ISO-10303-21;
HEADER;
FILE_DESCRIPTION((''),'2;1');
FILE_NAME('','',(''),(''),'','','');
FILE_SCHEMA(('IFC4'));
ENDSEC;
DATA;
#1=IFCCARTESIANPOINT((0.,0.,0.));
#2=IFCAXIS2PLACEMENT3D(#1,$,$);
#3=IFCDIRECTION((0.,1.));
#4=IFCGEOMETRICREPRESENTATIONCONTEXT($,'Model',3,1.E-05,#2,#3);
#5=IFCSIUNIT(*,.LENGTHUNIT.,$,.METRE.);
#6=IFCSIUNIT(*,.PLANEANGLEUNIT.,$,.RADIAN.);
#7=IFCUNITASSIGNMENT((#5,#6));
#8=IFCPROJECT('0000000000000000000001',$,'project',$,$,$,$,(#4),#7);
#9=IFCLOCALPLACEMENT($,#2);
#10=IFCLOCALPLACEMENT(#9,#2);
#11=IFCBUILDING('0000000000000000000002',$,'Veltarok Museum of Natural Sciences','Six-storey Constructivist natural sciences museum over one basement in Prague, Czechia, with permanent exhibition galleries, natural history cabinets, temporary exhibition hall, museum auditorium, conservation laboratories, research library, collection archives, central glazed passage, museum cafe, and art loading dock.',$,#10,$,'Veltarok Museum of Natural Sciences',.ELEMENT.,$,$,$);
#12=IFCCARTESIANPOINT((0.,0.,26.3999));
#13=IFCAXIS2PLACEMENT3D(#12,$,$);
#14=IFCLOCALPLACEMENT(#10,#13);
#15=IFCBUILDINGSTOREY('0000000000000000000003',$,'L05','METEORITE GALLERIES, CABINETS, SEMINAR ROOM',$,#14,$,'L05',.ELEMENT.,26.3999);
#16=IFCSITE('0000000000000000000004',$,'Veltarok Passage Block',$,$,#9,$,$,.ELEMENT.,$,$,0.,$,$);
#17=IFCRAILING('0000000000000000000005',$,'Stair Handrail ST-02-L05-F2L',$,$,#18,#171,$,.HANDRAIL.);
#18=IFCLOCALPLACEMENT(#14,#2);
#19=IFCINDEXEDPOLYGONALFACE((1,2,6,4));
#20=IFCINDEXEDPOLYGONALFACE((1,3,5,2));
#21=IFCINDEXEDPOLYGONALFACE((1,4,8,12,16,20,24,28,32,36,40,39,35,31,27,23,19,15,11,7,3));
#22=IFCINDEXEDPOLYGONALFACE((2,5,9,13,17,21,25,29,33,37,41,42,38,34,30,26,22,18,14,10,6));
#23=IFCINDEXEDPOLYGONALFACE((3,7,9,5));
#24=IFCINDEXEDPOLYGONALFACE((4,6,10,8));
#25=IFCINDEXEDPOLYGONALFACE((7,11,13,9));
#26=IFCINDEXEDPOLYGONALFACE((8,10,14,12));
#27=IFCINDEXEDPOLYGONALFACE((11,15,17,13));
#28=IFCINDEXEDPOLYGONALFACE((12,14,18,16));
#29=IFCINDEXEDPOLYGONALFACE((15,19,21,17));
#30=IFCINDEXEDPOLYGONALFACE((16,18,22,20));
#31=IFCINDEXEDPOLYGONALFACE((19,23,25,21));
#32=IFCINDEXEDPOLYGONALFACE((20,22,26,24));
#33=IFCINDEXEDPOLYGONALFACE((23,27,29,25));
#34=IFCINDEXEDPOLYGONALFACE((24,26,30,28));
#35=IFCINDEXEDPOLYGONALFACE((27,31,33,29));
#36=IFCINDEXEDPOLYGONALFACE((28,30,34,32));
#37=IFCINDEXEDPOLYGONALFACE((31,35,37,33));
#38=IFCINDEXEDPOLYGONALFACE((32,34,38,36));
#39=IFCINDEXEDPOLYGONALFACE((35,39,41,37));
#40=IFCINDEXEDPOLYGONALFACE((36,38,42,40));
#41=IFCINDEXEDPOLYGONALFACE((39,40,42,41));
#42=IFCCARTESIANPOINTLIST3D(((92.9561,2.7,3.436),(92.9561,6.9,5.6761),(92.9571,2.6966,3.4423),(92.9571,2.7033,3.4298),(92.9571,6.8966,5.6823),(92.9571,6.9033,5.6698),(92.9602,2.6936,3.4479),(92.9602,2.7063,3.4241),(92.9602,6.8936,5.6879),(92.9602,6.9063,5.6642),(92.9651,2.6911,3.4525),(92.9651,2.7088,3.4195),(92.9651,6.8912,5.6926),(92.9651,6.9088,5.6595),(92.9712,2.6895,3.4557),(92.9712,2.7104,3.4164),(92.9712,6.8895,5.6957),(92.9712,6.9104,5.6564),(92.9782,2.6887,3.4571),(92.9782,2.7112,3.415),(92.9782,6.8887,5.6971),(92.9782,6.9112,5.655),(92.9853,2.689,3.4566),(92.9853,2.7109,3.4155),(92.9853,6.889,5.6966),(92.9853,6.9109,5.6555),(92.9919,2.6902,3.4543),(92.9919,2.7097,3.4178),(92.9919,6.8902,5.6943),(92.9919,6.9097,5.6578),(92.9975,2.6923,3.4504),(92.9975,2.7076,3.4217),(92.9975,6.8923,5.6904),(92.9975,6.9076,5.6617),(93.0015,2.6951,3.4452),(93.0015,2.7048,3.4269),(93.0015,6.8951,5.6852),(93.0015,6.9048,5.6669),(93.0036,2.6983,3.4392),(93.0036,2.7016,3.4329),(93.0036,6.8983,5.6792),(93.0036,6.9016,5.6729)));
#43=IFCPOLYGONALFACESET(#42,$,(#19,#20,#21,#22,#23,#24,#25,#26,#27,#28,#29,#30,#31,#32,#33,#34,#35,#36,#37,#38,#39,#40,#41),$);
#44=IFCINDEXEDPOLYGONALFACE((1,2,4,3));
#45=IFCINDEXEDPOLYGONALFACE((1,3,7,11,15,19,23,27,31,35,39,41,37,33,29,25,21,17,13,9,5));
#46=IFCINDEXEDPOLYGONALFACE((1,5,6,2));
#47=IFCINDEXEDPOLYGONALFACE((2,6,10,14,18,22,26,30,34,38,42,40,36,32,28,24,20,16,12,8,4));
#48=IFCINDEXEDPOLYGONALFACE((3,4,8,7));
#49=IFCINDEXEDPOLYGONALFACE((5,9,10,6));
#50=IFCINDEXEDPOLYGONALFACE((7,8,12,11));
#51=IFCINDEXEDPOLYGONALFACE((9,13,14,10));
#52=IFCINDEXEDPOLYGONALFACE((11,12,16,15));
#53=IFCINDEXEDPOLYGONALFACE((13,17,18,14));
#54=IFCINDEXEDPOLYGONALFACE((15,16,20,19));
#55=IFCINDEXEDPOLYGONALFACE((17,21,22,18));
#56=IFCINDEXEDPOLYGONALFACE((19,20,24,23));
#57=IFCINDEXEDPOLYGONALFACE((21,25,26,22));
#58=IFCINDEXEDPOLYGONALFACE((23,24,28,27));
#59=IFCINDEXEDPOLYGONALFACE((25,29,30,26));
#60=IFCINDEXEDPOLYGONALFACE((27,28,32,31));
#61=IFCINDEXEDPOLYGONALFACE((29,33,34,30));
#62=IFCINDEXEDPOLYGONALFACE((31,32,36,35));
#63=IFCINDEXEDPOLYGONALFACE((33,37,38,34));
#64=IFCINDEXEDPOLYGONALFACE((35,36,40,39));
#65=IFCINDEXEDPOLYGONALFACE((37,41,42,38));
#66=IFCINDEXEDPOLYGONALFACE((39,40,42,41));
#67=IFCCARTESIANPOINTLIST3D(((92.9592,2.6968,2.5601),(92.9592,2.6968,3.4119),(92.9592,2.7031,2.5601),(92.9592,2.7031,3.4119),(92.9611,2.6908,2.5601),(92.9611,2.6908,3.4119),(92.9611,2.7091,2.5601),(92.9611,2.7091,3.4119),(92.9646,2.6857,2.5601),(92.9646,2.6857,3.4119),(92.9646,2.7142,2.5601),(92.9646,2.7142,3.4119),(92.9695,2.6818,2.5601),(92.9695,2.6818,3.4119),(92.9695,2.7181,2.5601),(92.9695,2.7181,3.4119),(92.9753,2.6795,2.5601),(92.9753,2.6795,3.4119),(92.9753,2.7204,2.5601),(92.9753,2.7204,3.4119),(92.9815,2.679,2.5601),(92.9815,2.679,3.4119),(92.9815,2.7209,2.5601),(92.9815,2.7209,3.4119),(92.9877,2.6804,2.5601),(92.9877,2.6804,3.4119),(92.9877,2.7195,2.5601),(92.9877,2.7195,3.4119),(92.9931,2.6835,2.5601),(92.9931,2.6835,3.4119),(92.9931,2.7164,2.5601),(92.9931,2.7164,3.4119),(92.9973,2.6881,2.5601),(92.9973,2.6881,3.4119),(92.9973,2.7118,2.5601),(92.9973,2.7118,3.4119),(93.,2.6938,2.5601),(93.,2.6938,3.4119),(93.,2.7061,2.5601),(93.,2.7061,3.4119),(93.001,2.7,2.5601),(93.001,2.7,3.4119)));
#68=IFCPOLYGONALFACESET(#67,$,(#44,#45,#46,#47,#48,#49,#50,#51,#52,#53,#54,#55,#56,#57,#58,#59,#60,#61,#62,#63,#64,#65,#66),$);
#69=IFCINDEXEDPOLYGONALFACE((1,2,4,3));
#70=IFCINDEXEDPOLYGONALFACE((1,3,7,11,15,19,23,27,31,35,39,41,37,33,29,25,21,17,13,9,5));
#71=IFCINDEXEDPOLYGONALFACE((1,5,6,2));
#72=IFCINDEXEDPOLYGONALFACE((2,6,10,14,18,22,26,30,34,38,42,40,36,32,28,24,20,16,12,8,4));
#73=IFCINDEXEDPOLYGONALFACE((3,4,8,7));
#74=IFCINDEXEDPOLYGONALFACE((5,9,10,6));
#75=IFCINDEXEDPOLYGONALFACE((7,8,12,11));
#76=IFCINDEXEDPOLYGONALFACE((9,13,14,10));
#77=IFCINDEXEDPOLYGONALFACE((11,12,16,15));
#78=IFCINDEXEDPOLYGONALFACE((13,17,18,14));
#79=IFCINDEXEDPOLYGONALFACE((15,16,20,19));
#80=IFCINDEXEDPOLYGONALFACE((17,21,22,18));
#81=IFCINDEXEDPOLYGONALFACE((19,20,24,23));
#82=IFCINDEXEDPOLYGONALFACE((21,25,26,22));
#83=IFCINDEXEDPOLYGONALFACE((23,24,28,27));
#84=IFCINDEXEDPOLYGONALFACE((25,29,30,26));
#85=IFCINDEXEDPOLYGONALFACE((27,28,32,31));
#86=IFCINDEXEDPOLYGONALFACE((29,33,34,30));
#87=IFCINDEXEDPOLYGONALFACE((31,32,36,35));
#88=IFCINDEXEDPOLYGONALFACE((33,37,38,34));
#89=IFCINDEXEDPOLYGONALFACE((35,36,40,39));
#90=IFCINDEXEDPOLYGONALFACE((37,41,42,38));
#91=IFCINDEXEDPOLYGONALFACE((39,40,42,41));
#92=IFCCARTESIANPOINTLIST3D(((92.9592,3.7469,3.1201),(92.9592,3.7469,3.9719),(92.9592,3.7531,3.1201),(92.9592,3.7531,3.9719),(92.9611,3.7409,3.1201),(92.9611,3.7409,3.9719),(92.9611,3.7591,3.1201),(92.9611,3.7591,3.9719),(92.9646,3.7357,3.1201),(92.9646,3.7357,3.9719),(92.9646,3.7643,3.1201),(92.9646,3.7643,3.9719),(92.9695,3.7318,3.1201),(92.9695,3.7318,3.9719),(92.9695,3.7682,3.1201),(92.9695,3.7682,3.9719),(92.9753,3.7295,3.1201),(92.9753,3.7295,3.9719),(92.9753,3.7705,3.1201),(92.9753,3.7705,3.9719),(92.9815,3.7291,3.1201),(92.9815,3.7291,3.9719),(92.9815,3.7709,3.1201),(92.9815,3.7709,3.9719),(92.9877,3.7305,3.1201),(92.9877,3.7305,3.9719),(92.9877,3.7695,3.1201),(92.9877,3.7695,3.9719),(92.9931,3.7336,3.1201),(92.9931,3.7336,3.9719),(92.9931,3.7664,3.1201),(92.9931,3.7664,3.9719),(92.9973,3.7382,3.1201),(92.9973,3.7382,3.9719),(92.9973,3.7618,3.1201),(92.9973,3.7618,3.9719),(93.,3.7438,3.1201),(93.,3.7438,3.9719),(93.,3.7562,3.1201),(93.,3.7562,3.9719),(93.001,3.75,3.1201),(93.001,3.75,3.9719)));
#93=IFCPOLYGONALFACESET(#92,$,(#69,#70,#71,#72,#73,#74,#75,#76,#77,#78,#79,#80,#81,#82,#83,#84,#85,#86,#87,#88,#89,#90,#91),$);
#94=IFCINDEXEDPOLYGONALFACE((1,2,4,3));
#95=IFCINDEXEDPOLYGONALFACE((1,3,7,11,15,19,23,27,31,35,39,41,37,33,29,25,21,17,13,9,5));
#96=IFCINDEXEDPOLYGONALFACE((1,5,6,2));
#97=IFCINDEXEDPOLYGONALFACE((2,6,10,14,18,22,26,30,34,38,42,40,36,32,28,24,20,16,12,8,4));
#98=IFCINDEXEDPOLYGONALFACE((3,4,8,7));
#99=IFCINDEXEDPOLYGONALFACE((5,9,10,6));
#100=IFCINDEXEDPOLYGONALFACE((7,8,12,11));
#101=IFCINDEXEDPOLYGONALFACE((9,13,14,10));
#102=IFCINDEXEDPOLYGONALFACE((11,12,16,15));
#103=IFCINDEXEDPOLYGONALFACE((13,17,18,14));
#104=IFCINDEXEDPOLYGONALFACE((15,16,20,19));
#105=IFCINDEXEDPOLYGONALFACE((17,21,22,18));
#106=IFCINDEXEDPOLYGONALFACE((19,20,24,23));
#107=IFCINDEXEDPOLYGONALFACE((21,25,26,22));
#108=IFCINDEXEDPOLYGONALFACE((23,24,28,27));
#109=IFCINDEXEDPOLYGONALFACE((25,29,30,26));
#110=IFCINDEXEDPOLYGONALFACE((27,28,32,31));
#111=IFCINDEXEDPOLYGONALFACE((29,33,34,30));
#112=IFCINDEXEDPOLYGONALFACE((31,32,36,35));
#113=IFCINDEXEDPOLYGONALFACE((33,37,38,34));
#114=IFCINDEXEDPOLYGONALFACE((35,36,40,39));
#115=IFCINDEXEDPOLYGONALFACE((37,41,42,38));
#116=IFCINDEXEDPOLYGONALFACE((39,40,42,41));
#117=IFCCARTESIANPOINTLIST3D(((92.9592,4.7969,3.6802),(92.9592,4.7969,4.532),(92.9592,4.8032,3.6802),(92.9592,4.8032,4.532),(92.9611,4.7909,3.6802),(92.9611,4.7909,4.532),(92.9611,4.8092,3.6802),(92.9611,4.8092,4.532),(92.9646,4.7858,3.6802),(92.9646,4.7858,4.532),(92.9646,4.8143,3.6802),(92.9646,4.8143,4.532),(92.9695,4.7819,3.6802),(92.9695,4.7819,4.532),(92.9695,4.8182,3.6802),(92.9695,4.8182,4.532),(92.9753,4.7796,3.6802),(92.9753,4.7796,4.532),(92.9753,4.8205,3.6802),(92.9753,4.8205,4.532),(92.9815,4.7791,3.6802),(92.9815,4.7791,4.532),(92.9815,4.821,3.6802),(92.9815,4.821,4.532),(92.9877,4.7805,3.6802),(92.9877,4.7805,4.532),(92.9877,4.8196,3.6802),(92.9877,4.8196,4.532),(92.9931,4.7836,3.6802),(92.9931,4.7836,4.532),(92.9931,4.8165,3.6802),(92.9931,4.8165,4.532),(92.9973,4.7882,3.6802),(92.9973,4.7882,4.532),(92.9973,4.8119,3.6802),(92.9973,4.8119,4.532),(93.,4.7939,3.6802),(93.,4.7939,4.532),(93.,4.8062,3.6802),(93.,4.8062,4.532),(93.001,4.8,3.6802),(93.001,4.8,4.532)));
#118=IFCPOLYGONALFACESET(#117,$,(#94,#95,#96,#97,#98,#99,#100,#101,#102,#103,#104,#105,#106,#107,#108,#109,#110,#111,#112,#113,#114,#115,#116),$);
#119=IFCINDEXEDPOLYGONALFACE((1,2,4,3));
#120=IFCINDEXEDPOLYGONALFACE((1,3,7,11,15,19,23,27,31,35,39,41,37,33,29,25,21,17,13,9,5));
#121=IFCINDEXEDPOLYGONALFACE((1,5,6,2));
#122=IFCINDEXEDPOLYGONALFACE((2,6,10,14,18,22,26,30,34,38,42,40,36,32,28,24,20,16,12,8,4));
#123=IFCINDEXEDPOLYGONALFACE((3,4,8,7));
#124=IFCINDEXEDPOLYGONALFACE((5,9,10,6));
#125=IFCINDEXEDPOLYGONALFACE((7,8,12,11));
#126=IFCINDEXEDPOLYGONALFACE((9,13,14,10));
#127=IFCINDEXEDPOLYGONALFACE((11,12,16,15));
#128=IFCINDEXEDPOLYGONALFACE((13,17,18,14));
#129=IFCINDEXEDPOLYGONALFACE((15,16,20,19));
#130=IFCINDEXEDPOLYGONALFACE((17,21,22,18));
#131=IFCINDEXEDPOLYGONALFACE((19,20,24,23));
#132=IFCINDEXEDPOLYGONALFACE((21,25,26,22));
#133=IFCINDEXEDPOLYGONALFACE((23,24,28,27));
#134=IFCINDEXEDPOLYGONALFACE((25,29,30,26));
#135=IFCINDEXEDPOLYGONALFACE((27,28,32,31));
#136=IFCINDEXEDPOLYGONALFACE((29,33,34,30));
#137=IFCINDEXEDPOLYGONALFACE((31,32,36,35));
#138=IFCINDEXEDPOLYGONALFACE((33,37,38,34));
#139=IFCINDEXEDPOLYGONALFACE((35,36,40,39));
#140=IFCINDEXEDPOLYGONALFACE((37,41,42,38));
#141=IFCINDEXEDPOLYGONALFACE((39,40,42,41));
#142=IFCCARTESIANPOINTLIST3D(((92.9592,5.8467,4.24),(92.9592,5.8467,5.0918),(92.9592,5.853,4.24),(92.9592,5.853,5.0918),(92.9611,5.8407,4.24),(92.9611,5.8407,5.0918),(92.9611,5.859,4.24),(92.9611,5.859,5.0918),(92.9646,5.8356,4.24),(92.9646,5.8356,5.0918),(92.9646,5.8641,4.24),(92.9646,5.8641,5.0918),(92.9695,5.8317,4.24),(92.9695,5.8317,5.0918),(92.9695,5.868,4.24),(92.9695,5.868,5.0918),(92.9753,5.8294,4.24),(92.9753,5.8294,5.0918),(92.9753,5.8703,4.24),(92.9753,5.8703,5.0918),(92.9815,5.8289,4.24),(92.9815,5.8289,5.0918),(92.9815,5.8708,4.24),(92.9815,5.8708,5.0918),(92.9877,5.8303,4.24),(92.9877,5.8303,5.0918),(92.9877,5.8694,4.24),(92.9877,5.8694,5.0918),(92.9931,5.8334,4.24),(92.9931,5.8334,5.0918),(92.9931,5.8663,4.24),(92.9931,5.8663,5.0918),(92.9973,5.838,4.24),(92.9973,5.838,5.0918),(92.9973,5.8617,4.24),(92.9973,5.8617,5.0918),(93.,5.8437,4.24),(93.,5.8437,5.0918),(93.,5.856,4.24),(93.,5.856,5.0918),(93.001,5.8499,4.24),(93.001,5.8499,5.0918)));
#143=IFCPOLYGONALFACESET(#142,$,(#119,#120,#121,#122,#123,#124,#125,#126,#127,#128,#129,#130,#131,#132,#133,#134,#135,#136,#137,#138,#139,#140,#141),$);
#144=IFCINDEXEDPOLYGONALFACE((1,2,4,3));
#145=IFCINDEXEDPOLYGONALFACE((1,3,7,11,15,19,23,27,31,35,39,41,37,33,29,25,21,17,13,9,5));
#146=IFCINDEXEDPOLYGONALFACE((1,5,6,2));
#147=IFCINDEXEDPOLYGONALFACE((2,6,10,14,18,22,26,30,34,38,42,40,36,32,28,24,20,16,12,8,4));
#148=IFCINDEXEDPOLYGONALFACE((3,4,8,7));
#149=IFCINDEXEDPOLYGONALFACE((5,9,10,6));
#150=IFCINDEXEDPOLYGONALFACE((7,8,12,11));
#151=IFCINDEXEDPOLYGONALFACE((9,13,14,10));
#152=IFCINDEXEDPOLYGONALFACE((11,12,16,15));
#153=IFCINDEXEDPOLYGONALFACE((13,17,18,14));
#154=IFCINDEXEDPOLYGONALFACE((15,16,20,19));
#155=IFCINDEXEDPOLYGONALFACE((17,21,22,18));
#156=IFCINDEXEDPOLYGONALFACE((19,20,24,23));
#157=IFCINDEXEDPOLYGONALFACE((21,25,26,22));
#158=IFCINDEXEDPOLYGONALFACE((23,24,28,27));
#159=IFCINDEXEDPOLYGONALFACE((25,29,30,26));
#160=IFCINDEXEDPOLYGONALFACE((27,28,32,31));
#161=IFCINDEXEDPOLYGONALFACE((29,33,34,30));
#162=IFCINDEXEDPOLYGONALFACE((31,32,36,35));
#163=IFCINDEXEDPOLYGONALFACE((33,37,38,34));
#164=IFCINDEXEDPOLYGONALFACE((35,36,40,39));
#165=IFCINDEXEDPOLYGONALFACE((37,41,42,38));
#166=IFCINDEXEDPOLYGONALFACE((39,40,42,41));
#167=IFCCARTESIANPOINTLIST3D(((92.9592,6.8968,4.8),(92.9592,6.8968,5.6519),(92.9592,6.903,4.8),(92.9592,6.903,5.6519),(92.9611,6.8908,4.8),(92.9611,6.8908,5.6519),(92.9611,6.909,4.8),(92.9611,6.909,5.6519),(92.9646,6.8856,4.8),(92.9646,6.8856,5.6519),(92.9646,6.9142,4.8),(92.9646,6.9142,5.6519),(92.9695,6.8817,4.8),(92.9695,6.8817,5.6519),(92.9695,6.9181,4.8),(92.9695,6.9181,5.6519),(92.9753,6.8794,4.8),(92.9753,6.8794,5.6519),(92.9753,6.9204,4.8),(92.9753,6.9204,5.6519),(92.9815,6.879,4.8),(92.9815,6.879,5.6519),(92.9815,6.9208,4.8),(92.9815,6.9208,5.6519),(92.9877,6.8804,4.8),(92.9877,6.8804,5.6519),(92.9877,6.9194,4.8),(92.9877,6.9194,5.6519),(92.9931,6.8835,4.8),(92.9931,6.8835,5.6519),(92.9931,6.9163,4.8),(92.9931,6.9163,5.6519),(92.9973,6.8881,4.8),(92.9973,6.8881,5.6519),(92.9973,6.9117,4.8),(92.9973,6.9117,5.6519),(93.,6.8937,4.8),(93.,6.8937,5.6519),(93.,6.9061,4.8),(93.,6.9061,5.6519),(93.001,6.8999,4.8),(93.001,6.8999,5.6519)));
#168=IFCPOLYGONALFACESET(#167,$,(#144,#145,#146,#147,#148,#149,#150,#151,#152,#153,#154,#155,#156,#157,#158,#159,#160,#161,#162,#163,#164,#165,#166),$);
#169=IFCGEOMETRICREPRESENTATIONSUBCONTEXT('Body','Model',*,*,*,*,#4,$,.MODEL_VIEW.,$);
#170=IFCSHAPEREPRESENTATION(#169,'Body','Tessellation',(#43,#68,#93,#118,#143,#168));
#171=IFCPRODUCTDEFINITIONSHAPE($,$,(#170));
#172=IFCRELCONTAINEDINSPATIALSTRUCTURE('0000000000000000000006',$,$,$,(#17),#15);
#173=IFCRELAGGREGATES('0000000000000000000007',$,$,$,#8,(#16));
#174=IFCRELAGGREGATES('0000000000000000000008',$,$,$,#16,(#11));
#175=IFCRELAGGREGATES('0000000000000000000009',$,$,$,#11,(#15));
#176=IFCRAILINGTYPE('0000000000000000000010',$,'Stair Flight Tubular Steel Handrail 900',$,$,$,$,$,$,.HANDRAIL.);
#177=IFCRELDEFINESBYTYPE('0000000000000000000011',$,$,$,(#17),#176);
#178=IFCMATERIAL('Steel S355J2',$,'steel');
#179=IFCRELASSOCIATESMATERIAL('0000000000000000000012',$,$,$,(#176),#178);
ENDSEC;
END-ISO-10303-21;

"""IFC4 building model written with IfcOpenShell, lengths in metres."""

from ifc_helpers import new_model, si_unit, direction, frame, origin, origin_2d, place, context, subcontext, project, spatial, circle, extrude, material, type_object, element, save


model = new_model("IFC4")

# Units and contexts
model_context = context("Model", 3, precision=1e-05, world=origin(), true_north=direction((0.0, 1.0)))
body_context = subcontext(model_context, "Body", "Model", "MODEL_VIEW")
ifc_project = project(units=[si_unit("LENGTHUNIT", "METRE"), si_unit("PLANEANGLEUNIT", "RADIAN")], contexts=[model_context])

# Site, building, storey
site_placement = place(None, origin())
site = spatial("IfcSite", under=ifc_project, at=site_placement, Name="Veltarok Passage Block", CompositionType="ELEMENT", RefElevation=0.0)
building_placement = place(site_placement, origin())
building = spatial("IfcBuilding", under=site, at=building_placement, Name="Veltarok Museum of Natural Sciences", Description="Six-storey Constructivist natural sciences museum over one basement in Prague, Czechia, with permanent exhibition galleries, natural history cabinets, temporary exhibition hall, museum auditorium, conservation laboratories, research library, collection archives, central glazed passage, museum cafe, and art loading dock.", LongName="Veltarok Museum of Natural Sciences", CompositionType="ELEMENT")
storey_placement = place(building_placement, frame((0.0, 0.0, 26.3999)))
storey = spatial("IfcBuildingStorey", under=building, at=storey_placement, Name="L05", Description="METEORITE GALLERIES, CABINETS, SEMINAR ROOM", LongName="L05", CompositionType="ELEMENT", Elevation=26.3999)

# Shared definitions
ifc_material_1 = material(Name="Steel S355J2", Category="steel")

# Railing
railing_type_1 = type_object("IfcRailingType", Name="Stair Flight Tubular Steel Handrail 900", PredefinedType="HANDRAIL", material=ifc_material_1)
railing_placement = place(storey_placement, frame((92.98, 2.7, 2.5601)))
element("IfcRailing", 1, at=railing_placement, inside=storey, type_object=railing_type_1, Name="Stair Handrail ST-02-L05-F2L", PredefinedType="HANDRAIL", context=body_context, shape_type="SweptSolid", body=[
    extrude(circle(Radius=0.0239, at=origin_2d()), frame((0.0, 0.0, 0.876), z_axis=(0.0, 0.882352, 0.470591), x_axis=(-1.0, 0.0, 0.0)), (0.0, 0.0, 1.0), 4.76),
    extrude(circle(Radius=0.021, at=origin_2d()), origin(), (0.0, 0.0, 1.0), 0.8518),
    extrude(circle(Radius=0.021, at=origin_2d()), frame((0.0, 1.05, 0.5601)), (0.0, 0.0, 1.0), 0.8518),
    extrude(circle(Radius=0.021, at=origin_2d()), frame((0.0, 2.1001, 1.1201)), (0.0, 0.0, 1.0), 0.8518),
    extrude(circle(Radius=0.021, at=origin_2d()), frame((0.0, 3.1499, 1.6799)), (0.0, 0.0, 1.0), 0.8518),
    extrude(circle(Radius=0.021, at=origin_2d()), frame((0.0, 4.2, 2.24)), (0.0, 0.0, 1.0), 0.8518),
])

save(model, "model.ifc")
